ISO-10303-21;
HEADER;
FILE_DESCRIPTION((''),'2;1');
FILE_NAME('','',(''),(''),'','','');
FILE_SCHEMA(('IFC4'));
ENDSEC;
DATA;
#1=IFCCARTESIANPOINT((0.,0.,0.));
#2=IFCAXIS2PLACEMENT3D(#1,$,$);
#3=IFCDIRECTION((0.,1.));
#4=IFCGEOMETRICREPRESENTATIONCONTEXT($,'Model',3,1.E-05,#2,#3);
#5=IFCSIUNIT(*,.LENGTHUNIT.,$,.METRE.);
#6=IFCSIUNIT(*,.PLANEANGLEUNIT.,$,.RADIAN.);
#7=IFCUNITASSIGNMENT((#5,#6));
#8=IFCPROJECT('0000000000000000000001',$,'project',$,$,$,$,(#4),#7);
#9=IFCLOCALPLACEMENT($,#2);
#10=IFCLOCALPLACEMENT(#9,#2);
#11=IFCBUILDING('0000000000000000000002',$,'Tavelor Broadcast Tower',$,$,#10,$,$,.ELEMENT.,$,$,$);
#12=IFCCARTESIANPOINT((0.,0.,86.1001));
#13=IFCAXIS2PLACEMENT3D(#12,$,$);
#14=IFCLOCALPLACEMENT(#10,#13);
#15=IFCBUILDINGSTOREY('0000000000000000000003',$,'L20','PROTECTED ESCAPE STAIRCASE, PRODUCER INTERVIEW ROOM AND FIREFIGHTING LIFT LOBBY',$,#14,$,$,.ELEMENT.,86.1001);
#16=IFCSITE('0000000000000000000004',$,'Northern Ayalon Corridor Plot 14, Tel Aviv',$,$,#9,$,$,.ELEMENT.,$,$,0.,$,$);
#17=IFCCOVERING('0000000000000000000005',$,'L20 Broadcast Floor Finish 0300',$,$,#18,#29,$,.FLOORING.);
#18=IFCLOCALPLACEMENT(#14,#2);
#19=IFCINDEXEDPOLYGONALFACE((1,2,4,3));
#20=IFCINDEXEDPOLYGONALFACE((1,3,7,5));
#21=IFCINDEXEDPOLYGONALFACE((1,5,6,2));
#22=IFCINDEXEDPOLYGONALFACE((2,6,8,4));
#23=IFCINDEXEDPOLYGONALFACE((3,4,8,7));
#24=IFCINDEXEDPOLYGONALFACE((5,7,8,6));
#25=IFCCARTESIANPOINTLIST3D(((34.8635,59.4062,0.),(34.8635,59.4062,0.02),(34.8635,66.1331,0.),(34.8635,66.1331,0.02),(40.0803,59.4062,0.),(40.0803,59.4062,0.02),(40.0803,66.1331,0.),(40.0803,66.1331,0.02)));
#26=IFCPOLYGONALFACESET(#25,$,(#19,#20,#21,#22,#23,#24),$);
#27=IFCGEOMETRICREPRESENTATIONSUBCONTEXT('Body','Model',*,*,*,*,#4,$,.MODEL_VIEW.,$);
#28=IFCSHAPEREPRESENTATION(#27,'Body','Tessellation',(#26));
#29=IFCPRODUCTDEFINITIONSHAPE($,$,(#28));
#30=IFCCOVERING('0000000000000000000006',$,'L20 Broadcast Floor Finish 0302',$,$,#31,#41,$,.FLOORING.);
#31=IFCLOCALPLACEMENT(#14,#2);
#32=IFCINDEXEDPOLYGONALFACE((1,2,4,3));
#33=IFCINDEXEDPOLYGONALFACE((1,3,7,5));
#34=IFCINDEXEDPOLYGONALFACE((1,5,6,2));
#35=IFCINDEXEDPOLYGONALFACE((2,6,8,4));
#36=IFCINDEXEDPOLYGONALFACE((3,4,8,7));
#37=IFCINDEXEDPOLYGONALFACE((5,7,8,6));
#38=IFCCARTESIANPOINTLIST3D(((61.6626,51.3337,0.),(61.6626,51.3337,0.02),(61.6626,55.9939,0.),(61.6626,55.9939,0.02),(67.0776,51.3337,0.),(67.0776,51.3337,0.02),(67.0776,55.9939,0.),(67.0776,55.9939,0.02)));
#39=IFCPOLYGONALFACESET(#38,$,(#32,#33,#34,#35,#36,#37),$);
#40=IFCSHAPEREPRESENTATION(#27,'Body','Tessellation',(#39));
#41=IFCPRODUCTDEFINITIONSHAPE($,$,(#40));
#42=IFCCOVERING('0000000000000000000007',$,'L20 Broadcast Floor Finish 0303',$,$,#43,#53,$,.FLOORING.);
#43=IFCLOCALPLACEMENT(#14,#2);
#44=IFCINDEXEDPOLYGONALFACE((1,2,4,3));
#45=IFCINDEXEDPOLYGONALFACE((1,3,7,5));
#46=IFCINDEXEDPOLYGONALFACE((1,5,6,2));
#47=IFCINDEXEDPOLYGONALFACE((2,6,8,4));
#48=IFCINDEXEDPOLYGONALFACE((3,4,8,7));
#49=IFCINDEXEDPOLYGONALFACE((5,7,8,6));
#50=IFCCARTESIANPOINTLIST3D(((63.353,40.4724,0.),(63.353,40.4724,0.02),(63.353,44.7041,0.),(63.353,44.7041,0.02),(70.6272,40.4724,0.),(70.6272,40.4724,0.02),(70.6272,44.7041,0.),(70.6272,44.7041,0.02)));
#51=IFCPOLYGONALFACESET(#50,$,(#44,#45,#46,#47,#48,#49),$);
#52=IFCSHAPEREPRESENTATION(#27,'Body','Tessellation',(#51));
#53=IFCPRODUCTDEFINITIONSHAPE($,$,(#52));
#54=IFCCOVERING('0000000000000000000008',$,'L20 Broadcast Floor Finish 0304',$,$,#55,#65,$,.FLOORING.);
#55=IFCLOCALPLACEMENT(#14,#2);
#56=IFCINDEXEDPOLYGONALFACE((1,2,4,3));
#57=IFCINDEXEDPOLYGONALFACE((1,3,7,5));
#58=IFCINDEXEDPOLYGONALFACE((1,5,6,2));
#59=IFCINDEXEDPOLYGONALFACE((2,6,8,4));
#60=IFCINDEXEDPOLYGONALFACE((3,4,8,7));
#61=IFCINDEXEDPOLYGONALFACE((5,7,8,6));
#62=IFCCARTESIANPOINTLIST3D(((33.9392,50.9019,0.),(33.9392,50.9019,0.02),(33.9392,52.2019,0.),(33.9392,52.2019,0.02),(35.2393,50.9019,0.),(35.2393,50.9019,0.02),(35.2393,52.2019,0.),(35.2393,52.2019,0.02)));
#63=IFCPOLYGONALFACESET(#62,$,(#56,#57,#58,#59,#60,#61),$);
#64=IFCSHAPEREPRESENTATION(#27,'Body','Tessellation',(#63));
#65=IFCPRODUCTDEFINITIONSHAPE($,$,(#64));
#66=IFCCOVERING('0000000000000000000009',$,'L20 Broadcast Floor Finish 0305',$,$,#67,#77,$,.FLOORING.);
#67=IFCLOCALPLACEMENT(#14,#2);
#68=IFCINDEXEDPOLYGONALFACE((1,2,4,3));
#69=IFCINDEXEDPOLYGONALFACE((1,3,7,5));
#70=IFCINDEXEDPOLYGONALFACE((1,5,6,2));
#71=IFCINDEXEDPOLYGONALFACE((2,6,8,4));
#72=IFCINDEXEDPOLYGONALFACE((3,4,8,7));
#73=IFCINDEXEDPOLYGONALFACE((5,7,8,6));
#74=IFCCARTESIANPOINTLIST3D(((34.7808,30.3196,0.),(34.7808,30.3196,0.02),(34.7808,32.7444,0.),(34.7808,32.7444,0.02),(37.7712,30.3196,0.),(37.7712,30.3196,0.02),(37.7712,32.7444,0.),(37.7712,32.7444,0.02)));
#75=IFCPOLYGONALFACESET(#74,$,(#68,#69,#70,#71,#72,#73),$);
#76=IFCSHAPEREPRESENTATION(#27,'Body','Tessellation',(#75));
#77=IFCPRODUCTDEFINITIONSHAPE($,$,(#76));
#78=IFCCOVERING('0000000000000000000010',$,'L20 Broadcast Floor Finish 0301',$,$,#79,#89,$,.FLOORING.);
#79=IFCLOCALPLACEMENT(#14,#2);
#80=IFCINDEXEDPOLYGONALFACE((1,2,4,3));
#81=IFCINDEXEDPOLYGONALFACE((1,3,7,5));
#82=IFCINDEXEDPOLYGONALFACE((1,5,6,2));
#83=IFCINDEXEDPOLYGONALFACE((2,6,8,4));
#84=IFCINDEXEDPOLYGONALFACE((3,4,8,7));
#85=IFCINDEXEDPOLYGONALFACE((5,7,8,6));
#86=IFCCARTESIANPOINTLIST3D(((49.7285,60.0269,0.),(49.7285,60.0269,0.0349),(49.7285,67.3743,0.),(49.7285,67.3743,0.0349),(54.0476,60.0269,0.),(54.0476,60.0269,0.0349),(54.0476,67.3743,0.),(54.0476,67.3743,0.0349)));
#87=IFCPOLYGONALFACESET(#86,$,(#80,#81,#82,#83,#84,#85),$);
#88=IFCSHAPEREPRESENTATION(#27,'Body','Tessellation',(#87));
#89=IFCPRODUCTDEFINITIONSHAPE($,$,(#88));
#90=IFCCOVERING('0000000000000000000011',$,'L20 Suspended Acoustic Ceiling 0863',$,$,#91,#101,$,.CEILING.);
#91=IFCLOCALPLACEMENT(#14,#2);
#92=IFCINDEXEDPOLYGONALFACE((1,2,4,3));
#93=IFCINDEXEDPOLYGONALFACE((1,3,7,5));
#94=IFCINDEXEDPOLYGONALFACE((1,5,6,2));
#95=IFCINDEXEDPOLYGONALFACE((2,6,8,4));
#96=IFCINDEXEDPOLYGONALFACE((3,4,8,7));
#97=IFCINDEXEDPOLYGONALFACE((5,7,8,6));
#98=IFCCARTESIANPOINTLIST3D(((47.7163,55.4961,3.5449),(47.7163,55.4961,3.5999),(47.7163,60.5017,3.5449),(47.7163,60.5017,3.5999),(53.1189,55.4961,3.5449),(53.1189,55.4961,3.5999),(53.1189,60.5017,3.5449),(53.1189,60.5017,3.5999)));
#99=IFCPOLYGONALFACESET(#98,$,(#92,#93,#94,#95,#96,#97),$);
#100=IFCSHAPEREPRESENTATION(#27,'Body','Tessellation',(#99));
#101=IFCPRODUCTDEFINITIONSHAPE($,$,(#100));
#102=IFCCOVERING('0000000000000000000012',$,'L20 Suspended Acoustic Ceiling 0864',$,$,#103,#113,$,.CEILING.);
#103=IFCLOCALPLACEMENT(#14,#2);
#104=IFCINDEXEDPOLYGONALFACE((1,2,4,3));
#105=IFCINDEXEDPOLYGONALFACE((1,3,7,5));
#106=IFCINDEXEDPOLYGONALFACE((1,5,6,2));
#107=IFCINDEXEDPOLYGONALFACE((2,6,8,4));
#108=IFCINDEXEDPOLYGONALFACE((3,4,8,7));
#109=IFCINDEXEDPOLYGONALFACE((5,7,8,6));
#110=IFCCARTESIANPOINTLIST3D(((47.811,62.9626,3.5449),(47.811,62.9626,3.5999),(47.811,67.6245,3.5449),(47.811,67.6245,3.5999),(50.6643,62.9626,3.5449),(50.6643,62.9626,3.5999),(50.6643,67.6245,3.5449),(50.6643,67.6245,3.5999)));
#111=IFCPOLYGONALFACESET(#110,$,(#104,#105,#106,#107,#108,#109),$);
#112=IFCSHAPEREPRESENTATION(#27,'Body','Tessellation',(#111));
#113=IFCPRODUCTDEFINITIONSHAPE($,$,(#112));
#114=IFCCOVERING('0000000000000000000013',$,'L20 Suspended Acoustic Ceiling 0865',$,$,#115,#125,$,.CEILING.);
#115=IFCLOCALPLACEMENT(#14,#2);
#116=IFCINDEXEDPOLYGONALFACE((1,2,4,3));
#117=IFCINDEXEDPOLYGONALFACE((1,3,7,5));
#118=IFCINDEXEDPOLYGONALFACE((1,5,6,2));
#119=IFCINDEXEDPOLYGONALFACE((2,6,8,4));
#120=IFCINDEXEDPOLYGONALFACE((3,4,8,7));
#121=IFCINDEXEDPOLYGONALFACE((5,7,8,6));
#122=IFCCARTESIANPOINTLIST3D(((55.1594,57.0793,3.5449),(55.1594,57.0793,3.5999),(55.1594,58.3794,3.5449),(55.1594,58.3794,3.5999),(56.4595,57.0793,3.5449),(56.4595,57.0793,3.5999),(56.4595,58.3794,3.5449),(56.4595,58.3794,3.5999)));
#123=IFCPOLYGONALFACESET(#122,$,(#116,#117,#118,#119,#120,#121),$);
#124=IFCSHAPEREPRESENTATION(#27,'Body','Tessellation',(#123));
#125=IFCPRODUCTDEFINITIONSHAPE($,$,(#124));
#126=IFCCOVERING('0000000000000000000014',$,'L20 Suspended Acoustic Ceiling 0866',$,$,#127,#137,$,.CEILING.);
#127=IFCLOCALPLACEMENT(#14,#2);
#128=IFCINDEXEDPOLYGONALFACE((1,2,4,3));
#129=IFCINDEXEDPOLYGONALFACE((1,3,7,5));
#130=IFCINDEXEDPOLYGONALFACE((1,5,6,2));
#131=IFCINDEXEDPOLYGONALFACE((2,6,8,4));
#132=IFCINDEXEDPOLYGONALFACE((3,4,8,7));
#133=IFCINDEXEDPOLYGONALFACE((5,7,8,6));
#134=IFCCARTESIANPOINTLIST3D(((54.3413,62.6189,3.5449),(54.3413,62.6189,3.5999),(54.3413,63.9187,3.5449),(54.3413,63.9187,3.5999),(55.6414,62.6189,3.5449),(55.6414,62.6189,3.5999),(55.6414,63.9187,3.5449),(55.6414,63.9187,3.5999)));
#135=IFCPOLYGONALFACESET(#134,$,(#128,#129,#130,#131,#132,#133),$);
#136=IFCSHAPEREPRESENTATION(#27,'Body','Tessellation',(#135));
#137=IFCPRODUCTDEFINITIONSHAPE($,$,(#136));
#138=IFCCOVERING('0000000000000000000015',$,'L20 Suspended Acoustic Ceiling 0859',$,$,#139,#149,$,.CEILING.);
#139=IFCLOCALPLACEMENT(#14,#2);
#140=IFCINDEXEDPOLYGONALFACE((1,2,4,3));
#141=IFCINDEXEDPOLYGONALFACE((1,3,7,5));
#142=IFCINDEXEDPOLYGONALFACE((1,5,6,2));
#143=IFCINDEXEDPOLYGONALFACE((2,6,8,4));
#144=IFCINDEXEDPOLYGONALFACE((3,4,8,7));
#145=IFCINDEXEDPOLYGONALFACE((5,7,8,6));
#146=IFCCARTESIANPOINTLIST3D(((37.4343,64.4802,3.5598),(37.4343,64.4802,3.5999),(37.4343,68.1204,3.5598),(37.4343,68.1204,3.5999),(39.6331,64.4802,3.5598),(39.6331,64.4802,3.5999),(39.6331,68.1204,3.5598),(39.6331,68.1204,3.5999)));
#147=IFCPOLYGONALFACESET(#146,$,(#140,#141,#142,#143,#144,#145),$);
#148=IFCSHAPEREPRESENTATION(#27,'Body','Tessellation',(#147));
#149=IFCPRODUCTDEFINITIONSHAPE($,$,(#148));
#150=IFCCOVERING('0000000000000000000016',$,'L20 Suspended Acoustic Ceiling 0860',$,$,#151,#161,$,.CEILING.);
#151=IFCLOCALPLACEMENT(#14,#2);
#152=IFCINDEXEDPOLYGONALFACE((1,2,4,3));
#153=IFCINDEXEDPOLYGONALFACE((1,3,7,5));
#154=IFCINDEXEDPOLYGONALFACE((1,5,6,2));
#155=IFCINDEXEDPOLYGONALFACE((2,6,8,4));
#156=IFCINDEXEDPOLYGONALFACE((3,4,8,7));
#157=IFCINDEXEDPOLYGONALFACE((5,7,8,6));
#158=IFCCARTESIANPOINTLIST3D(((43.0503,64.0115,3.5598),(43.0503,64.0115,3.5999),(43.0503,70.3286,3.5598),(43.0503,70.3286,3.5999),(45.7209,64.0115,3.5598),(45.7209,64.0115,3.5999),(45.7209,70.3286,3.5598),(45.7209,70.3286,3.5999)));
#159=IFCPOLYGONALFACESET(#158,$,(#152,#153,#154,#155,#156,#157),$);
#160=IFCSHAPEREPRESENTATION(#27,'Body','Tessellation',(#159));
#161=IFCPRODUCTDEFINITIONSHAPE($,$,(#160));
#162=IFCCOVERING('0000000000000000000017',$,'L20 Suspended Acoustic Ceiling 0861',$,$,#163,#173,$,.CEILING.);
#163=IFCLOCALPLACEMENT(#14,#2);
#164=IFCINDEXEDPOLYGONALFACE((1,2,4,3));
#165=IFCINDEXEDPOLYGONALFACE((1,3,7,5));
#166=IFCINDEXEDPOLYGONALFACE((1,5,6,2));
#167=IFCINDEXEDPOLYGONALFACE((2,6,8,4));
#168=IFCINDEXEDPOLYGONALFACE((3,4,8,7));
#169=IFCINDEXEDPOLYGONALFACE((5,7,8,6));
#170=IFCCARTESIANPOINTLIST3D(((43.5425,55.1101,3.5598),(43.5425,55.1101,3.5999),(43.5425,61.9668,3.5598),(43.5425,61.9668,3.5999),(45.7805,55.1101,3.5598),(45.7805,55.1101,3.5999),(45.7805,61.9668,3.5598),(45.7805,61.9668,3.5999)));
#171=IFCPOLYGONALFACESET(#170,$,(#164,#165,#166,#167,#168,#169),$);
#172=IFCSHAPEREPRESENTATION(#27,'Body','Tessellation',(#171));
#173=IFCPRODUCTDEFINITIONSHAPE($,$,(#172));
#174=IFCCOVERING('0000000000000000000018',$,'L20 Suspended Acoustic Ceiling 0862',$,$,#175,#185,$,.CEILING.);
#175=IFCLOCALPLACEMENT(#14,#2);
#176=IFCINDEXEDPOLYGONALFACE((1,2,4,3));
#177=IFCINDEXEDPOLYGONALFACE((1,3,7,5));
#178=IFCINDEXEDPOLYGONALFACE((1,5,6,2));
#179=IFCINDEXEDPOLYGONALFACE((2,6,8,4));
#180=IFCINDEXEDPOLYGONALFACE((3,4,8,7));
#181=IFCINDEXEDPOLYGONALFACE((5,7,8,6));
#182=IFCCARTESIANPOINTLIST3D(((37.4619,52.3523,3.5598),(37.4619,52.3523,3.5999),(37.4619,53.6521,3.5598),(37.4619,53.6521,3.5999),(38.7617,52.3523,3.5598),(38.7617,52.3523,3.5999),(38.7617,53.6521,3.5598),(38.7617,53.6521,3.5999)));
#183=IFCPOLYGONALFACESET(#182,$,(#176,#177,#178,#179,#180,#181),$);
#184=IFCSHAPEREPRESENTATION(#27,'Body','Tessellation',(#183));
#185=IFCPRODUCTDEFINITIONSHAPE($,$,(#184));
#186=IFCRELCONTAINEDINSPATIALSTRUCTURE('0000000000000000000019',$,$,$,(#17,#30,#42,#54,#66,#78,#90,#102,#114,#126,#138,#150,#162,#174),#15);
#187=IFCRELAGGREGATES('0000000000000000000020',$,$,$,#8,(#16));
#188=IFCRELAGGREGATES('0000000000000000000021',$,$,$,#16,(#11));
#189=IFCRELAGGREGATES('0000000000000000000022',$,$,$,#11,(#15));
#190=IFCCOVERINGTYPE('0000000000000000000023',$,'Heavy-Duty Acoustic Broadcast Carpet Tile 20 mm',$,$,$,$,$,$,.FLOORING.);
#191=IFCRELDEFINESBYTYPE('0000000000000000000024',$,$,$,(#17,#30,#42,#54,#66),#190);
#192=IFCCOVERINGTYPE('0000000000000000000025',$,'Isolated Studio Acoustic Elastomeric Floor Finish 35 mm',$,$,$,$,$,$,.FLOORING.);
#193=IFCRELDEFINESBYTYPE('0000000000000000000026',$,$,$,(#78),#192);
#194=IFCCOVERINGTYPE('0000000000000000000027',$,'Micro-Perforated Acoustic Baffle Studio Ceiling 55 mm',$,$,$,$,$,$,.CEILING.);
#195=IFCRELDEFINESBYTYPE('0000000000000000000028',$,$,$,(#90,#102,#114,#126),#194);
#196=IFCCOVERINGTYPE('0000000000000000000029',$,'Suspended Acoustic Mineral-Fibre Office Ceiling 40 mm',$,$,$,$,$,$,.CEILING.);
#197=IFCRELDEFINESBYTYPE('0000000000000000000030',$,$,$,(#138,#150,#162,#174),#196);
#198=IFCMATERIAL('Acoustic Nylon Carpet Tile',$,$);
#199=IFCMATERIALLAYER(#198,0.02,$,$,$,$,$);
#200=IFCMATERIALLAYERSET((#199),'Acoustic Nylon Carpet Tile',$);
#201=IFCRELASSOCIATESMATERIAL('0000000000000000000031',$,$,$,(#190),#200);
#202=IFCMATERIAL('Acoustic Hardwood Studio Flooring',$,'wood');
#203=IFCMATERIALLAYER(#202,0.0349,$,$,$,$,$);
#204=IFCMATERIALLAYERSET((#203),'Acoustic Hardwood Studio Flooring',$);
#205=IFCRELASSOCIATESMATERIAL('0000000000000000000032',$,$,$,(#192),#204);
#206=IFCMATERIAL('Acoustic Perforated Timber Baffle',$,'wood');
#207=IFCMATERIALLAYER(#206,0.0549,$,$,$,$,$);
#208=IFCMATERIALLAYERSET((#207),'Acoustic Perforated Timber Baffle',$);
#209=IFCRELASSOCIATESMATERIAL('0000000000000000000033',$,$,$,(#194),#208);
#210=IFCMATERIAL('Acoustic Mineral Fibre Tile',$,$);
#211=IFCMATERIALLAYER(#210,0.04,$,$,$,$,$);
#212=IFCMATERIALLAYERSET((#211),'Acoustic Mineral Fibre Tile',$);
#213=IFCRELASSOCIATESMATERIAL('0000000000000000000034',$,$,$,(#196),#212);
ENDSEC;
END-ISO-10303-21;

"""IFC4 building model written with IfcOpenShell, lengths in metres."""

from ifc_helpers import new_model, si_unit, direction, frame, origin, place, context, subcontext, project, spatial, polyline, outline, extrude, material, layer, layer_set, type_object, element, save


model = new_model("IFC4")

# Units and contexts
model_context = context("Model", 3, precision=1e-05, world=origin(), true_north=direction((0.0, 1.0)))
body_context = subcontext(model_context, "Body", "Model", "MODEL_VIEW")
ifc_project = project(units=[si_unit("LENGTHUNIT", "METRE"), si_unit("PLANEANGLEUNIT", "RADIAN")], contexts=[model_context])

# Site, building, storey
site_placement = place(None, origin())
site = spatial("IfcSite", under=ifc_project, at=site_placement, Name="Northern Ayalon Corridor Plot 14, Tel Aviv", CompositionType="ELEMENT", RefElevation=0.0)
building_placement = place(site_placement, origin())
building = spatial("IfcBuilding", under=site, at=building_placement, Name="Tavelor Broadcast Tower", CompositionType="ELEMENT")
storey_placement = place(building_placement, frame((0.0, 0.0, 86.1001)))
storey = spatial("IfcBuildingStorey", under=building, at=storey_placement, Name="L20", Description="PROTECTED ESCAPE STAIRCASE, PRODUCER INTERVIEW ROOM AND FIREFIGHTING LIFT LOBBY", CompositionType="ELEMENT", Elevation=86.1001)

# Coverings
ifc_material_1 = material(Name="Acoustic Nylon Carpet Tile")
ifc_layer_1 = layer(ifc_material_1, 0.02)
ifc_layer_set_1 = layer_set([ifc_layer_1], Name="Acoustic Nylon Carpet Tile")
covering_type_1 = type_object("IfcCoveringType", Name="Heavy-Duty Acoustic Broadcast Carpet Tile 20 mm", PredefinedType="FLOORING", material=ifc_layer_set_1)
covering_1_placement = place(storey_placement, origin())
element("IfcCovering", 1, at=covering_1_placement, inside=storey, type_object=covering_type_1, Name="L20 Broadcast Floor Finish 0300", PredefinedType="FLOORING", context=body_context, shape_type="SweptSolid", body=[
    extrude(outline(polyline([(34.8635, 59.4062), (40.0803, 59.4062), (40.0803, 66.1331), (34.8635, 66.1331), (34.8635, 59.4062)])), origin(), (0.0, 0.0, 1.0), 0.02),
])
covering_2_placement = place(storey_placement, origin())
element("IfcCovering", 2, at=covering_2_placement, inside=storey, type_object=covering_type_1, Name="L20 Broadcast Floor Finish 0302", PredefinedType="FLOORING", context=body_context, shape_type="SweptSolid", body=[
    extrude(outline(polyline([(61.6626, 51.3337), (67.0776, 51.3337), (67.0776, 55.9939), (61.6626, 55.9939), (61.6626, 51.3337)])), origin(), (0.0, 0.0, 1.0), 0.02),
])
covering_3_placement = place(storey_placement, origin())
element("IfcCovering", 3, at=covering_3_placement, inside=storey, type_object=covering_type_1, Name="L20 Broadcast Floor Finish 0303", PredefinedType="FLOORING", context=body_context, shape_type="SweptSolid", body=[
    extrude(outline(polyline([(63.353, 40.4724), (70.6272, 40.4724), (70.6272, 44.7041), (63.353, 44.7041), (63.353, 40.4724)])), origin(), (0.0, 0.0, 1.0), 0.02),
])
covering_4_placement = place(storey_placement, origin())
element("IfcCovering", 4, at=covering_4_placement, inside=storey, type_object=covering_type_1, Name="L20 Broadcast Floor Finish 0304", PredefinedType="FLOORING", context=body_context, shape_type="SweptSolid", body=[
    extrude(outline(polyline([(33.9392, 50.9019), (35.2393, 50.9019), (35.2393, 52.2019), (33.9392, 52.2019), (33.9392, 50.9019)])), origin(), (0.0, 0.0, 1.0), 0.02),
])
covering_5_placement = place(storey_placement, origin())
element("IfcCovering", 5, at=covering_5_placement, inside=storey, type_object=covering_type_1, Name="L20 Broadcast Floor Finish 0305", PredefinedType="FLOORING", context=body_context, shape_type="SweptSolid", body=[
    extrude(outline(polyline([(34.7808, 30.3196), (37.7712, 30.3196), (37.7712, 32.7444), (34.7808, 32.7444), (34.7808, 30.3196)])), origin(), (0.0, 0.0, 1.0), 0.02),
])
ifc_material_2 = material(Name="Acoustic Hardwood Studio Flooring", Category="wood")
ifc_layer_2 = layer(ifc_material_2, 0.0349)
ifc_layer_set_2 = layer_set([ifc_layer_2], Name="Acoustic Hardwood Studio Flooring")
covering_type_2 = type_object("IfcCoveringType", Name="Isolated Studio Acoustic Elastomeric Floor Finish 35 mm", PredefinedType="FLOORING", material=ifc_layer_set_2)
covering_6_placement = place(storey_placement, origin())
element("IfcCovering", 6, at=covering_6_placement, inside=storey, type_object=covering_type_2, Name="L20 Broadcast Floor Finish 0301", PredefinedType="FLOORING", context=body_context, shape_type="SweptSolid", body=[
    extrude(outline(polyline([(49.7285, 60.0269), (54.0476, 60.0269), (54.0476, 67.3743), (49.7285, 67.3743), (49.7285, 60.0269)])), origin(), (0.0, 0.0, 1.0), 0.0349),
])
ifc_material_3 = material(Name="Acoustic Perforated Timber Baffle", Category="wood")
ifc_layer_3 = layer(ifc_material_3, 0.0549)
ifc_layer_set_3 = layer_set([ifc_layer_3], Name="Acoustic Perforated Timber Baffle")
covering_type_3 = type_object("IfcCoveringType", Name="Micro-Perforated Acoustic Baffle Studio Ceiling 55 mm", PredefinedType="CEILING", material=ifc_layer_set_3)
covering_7_placement = place(storey_placement, frame((0.0, 0.0, 3.5449)))
element("IfcCovering", 7, at=covering_7_placement, inside=storey, type_object=covering_type_3, Name="L20 Suspended Acoustic Ceiling 0863", PredefinedType="CEILING", context=body_context, shape_type="SweptSolid", body=[
    extrude(outline(polyline([(47.7163, 55.4961), (53.1189, 55.4961), (53.1189, 60.5017), (47.7163, 60.5017), (47.7163, 55.4961)])), origin(), (0.0, 0.0, 1.0), 0.0549),
])
covering_8_placement = place(storey_placement, frame((0.0, 0.0, 3.5449)))
element("IfcCovering", 8, at=covering_8_placement, inside=storey, type_object=covering_type_3, Name="L20 Suspended Acoustic Ceiling 0864", PredefinedType="CEILING", context=body_context, shape_type="SweptSolid", body=[
    extrude(outline(polyline([(47.811, 62.9626), (50.6643, 62.9626), (50.6643, 67.6245), (47.811, 67.6245), (47.811, 62.9626)])), origin(), (0.0, 0.0, 1.0), 0.0549),
])
covering_9_placement = place(storey_placement, frame((0.0, 0.0, 3.5449)))
element("IfcCovering", 9, at=covering_9_placement, inside=storey, type_object=covering_type_3, Name="L20 Suspended Acoustic Ceiling 0865", PredefinedType="CEILING", context=body_context, shape_type="SweptSolid", body=[
    extrude(outline(polyline([(55.1594, 57.0793), (56.4595, 57.0793), (56.4595, 58.3794), (55.1594, 58.3794), (55.1594, 57.0793)])), origin(), (0.0, 0.0, 1.0), 0.0549),
])
covering_10_placement = place(storey_placement, frame((0.0, 0.0, 3.5449)))
element("IfcCovering", 10, at=covering_10_placement, inside=storey, type_object=covering_type_3, Name="L20 Suspended Acoustic Ceiling 0866", PredefinedType="CEILING", context=body_context, shape_type="SweptSolid", body=[
    extrude(outline(polyline([(54.3413, 62.6189), (55.6414, 62.6189), (55.6414, 63.9187), (54.3413, 63.9187), (54.3413, 62.6189)])), origin(), (0.0, 0.0, 1.0), 0.0549),
])
ifc_material_4 = material(Name="Acoustic Mineral Fibre Tile")
ifc_layer_4 = layer(ifc_material_4, 0.04)
ifc_layer_set_4 = layer_set([ifc_layer_4], Name="Acoustic Mineral Fibre Tile")
covering_type_4 = type_object("IfcCoveringType", Name="Suspended Acoustic Mineral-Fibre Office Ceiling 40 mm", PredefinedType="CEILING", material=ifc_layer_set_4)
covering_11_placement = place(storey_placement, frame((0.0, 0.0, 3.5598)))
element("IfcCovering", 11, at=covering_11_placement, inside=storey, type_object=covering_type_4, Name="L20 Suspended Acoustic Ceiling 0859", PredefinedType="CEILING", context=body_context, shape_type="SweptSolid", body=[
    extrude(outline(polyline([(37.4343, 64.4802), (39.6331, 64.4802), (39.6331, 68.1204), (37.4343, 68.1204), (37.4343, 64.4802)])), origin(), (0.0, 0.0, 1.0), 0.04),
])
covering_12_placement = place(storey_placement, frame((0.0, 0.0, 3.5598)))
element("IfcCovering", 12, at=covering_12_placement, inside=storey, type_object=covering_type_4, Name="L20 Suspended Acoustic Ceiling 0860", PredefinedType="CEILING", context=body_context, shape_type="SweptSolid", body=[
    extrude(outline(polyline([(43.0503, 64.0115), (45.7209, 64.0115), (45.7209, 70.3286), (43.0503, 70.3286), (43.0503, 64.0115)])), origin(), (0.0, 0.0, 1.0), 0.04),
])
covering_13_placement = place(storey_placement, frame((0.0, 0.0, 3.5598)))
element("IfcCovering", 13, at=covering_13_placement, inside=storey, type_object=covering_type_4, Name="L20 Suspended Acoustic Ceiling 0861", PredefinedType="CEILING", context=body_context, shape_type="SweptSolid", body=[
    extrude(outline(polyline([(43.5425, 55.1101), (45.7805, 55.1101), (45.7805, 61.9668), (43.5425, 61.9668), (43.5425, 55.1101)])), origin(), (0.0, 0.0, 1.0), 0.04),
])
covering_14_placement = place(storey_placement, frame((0.0, 0.0, 3.5598)))
element("IfcCovering", 14, at=covering_14_placement, inside=storey, type_object=covering_type_4, Name="L20 Suspended Acoustic Ceiling 0862", PredefinedType="CEILING", context=body_context, shape_type="SweptSolid", body=[
    extrude(outline(polyline([(37.4619, 52.3523), (38.7617, 52.3523), (38.7617, 53.6521), (37.4619, 53.6521), (37.4619, 52.3523)])), origin(), (0.0, 0.0, 1.0), 0.04),
])

save(model, "model.ifc")
